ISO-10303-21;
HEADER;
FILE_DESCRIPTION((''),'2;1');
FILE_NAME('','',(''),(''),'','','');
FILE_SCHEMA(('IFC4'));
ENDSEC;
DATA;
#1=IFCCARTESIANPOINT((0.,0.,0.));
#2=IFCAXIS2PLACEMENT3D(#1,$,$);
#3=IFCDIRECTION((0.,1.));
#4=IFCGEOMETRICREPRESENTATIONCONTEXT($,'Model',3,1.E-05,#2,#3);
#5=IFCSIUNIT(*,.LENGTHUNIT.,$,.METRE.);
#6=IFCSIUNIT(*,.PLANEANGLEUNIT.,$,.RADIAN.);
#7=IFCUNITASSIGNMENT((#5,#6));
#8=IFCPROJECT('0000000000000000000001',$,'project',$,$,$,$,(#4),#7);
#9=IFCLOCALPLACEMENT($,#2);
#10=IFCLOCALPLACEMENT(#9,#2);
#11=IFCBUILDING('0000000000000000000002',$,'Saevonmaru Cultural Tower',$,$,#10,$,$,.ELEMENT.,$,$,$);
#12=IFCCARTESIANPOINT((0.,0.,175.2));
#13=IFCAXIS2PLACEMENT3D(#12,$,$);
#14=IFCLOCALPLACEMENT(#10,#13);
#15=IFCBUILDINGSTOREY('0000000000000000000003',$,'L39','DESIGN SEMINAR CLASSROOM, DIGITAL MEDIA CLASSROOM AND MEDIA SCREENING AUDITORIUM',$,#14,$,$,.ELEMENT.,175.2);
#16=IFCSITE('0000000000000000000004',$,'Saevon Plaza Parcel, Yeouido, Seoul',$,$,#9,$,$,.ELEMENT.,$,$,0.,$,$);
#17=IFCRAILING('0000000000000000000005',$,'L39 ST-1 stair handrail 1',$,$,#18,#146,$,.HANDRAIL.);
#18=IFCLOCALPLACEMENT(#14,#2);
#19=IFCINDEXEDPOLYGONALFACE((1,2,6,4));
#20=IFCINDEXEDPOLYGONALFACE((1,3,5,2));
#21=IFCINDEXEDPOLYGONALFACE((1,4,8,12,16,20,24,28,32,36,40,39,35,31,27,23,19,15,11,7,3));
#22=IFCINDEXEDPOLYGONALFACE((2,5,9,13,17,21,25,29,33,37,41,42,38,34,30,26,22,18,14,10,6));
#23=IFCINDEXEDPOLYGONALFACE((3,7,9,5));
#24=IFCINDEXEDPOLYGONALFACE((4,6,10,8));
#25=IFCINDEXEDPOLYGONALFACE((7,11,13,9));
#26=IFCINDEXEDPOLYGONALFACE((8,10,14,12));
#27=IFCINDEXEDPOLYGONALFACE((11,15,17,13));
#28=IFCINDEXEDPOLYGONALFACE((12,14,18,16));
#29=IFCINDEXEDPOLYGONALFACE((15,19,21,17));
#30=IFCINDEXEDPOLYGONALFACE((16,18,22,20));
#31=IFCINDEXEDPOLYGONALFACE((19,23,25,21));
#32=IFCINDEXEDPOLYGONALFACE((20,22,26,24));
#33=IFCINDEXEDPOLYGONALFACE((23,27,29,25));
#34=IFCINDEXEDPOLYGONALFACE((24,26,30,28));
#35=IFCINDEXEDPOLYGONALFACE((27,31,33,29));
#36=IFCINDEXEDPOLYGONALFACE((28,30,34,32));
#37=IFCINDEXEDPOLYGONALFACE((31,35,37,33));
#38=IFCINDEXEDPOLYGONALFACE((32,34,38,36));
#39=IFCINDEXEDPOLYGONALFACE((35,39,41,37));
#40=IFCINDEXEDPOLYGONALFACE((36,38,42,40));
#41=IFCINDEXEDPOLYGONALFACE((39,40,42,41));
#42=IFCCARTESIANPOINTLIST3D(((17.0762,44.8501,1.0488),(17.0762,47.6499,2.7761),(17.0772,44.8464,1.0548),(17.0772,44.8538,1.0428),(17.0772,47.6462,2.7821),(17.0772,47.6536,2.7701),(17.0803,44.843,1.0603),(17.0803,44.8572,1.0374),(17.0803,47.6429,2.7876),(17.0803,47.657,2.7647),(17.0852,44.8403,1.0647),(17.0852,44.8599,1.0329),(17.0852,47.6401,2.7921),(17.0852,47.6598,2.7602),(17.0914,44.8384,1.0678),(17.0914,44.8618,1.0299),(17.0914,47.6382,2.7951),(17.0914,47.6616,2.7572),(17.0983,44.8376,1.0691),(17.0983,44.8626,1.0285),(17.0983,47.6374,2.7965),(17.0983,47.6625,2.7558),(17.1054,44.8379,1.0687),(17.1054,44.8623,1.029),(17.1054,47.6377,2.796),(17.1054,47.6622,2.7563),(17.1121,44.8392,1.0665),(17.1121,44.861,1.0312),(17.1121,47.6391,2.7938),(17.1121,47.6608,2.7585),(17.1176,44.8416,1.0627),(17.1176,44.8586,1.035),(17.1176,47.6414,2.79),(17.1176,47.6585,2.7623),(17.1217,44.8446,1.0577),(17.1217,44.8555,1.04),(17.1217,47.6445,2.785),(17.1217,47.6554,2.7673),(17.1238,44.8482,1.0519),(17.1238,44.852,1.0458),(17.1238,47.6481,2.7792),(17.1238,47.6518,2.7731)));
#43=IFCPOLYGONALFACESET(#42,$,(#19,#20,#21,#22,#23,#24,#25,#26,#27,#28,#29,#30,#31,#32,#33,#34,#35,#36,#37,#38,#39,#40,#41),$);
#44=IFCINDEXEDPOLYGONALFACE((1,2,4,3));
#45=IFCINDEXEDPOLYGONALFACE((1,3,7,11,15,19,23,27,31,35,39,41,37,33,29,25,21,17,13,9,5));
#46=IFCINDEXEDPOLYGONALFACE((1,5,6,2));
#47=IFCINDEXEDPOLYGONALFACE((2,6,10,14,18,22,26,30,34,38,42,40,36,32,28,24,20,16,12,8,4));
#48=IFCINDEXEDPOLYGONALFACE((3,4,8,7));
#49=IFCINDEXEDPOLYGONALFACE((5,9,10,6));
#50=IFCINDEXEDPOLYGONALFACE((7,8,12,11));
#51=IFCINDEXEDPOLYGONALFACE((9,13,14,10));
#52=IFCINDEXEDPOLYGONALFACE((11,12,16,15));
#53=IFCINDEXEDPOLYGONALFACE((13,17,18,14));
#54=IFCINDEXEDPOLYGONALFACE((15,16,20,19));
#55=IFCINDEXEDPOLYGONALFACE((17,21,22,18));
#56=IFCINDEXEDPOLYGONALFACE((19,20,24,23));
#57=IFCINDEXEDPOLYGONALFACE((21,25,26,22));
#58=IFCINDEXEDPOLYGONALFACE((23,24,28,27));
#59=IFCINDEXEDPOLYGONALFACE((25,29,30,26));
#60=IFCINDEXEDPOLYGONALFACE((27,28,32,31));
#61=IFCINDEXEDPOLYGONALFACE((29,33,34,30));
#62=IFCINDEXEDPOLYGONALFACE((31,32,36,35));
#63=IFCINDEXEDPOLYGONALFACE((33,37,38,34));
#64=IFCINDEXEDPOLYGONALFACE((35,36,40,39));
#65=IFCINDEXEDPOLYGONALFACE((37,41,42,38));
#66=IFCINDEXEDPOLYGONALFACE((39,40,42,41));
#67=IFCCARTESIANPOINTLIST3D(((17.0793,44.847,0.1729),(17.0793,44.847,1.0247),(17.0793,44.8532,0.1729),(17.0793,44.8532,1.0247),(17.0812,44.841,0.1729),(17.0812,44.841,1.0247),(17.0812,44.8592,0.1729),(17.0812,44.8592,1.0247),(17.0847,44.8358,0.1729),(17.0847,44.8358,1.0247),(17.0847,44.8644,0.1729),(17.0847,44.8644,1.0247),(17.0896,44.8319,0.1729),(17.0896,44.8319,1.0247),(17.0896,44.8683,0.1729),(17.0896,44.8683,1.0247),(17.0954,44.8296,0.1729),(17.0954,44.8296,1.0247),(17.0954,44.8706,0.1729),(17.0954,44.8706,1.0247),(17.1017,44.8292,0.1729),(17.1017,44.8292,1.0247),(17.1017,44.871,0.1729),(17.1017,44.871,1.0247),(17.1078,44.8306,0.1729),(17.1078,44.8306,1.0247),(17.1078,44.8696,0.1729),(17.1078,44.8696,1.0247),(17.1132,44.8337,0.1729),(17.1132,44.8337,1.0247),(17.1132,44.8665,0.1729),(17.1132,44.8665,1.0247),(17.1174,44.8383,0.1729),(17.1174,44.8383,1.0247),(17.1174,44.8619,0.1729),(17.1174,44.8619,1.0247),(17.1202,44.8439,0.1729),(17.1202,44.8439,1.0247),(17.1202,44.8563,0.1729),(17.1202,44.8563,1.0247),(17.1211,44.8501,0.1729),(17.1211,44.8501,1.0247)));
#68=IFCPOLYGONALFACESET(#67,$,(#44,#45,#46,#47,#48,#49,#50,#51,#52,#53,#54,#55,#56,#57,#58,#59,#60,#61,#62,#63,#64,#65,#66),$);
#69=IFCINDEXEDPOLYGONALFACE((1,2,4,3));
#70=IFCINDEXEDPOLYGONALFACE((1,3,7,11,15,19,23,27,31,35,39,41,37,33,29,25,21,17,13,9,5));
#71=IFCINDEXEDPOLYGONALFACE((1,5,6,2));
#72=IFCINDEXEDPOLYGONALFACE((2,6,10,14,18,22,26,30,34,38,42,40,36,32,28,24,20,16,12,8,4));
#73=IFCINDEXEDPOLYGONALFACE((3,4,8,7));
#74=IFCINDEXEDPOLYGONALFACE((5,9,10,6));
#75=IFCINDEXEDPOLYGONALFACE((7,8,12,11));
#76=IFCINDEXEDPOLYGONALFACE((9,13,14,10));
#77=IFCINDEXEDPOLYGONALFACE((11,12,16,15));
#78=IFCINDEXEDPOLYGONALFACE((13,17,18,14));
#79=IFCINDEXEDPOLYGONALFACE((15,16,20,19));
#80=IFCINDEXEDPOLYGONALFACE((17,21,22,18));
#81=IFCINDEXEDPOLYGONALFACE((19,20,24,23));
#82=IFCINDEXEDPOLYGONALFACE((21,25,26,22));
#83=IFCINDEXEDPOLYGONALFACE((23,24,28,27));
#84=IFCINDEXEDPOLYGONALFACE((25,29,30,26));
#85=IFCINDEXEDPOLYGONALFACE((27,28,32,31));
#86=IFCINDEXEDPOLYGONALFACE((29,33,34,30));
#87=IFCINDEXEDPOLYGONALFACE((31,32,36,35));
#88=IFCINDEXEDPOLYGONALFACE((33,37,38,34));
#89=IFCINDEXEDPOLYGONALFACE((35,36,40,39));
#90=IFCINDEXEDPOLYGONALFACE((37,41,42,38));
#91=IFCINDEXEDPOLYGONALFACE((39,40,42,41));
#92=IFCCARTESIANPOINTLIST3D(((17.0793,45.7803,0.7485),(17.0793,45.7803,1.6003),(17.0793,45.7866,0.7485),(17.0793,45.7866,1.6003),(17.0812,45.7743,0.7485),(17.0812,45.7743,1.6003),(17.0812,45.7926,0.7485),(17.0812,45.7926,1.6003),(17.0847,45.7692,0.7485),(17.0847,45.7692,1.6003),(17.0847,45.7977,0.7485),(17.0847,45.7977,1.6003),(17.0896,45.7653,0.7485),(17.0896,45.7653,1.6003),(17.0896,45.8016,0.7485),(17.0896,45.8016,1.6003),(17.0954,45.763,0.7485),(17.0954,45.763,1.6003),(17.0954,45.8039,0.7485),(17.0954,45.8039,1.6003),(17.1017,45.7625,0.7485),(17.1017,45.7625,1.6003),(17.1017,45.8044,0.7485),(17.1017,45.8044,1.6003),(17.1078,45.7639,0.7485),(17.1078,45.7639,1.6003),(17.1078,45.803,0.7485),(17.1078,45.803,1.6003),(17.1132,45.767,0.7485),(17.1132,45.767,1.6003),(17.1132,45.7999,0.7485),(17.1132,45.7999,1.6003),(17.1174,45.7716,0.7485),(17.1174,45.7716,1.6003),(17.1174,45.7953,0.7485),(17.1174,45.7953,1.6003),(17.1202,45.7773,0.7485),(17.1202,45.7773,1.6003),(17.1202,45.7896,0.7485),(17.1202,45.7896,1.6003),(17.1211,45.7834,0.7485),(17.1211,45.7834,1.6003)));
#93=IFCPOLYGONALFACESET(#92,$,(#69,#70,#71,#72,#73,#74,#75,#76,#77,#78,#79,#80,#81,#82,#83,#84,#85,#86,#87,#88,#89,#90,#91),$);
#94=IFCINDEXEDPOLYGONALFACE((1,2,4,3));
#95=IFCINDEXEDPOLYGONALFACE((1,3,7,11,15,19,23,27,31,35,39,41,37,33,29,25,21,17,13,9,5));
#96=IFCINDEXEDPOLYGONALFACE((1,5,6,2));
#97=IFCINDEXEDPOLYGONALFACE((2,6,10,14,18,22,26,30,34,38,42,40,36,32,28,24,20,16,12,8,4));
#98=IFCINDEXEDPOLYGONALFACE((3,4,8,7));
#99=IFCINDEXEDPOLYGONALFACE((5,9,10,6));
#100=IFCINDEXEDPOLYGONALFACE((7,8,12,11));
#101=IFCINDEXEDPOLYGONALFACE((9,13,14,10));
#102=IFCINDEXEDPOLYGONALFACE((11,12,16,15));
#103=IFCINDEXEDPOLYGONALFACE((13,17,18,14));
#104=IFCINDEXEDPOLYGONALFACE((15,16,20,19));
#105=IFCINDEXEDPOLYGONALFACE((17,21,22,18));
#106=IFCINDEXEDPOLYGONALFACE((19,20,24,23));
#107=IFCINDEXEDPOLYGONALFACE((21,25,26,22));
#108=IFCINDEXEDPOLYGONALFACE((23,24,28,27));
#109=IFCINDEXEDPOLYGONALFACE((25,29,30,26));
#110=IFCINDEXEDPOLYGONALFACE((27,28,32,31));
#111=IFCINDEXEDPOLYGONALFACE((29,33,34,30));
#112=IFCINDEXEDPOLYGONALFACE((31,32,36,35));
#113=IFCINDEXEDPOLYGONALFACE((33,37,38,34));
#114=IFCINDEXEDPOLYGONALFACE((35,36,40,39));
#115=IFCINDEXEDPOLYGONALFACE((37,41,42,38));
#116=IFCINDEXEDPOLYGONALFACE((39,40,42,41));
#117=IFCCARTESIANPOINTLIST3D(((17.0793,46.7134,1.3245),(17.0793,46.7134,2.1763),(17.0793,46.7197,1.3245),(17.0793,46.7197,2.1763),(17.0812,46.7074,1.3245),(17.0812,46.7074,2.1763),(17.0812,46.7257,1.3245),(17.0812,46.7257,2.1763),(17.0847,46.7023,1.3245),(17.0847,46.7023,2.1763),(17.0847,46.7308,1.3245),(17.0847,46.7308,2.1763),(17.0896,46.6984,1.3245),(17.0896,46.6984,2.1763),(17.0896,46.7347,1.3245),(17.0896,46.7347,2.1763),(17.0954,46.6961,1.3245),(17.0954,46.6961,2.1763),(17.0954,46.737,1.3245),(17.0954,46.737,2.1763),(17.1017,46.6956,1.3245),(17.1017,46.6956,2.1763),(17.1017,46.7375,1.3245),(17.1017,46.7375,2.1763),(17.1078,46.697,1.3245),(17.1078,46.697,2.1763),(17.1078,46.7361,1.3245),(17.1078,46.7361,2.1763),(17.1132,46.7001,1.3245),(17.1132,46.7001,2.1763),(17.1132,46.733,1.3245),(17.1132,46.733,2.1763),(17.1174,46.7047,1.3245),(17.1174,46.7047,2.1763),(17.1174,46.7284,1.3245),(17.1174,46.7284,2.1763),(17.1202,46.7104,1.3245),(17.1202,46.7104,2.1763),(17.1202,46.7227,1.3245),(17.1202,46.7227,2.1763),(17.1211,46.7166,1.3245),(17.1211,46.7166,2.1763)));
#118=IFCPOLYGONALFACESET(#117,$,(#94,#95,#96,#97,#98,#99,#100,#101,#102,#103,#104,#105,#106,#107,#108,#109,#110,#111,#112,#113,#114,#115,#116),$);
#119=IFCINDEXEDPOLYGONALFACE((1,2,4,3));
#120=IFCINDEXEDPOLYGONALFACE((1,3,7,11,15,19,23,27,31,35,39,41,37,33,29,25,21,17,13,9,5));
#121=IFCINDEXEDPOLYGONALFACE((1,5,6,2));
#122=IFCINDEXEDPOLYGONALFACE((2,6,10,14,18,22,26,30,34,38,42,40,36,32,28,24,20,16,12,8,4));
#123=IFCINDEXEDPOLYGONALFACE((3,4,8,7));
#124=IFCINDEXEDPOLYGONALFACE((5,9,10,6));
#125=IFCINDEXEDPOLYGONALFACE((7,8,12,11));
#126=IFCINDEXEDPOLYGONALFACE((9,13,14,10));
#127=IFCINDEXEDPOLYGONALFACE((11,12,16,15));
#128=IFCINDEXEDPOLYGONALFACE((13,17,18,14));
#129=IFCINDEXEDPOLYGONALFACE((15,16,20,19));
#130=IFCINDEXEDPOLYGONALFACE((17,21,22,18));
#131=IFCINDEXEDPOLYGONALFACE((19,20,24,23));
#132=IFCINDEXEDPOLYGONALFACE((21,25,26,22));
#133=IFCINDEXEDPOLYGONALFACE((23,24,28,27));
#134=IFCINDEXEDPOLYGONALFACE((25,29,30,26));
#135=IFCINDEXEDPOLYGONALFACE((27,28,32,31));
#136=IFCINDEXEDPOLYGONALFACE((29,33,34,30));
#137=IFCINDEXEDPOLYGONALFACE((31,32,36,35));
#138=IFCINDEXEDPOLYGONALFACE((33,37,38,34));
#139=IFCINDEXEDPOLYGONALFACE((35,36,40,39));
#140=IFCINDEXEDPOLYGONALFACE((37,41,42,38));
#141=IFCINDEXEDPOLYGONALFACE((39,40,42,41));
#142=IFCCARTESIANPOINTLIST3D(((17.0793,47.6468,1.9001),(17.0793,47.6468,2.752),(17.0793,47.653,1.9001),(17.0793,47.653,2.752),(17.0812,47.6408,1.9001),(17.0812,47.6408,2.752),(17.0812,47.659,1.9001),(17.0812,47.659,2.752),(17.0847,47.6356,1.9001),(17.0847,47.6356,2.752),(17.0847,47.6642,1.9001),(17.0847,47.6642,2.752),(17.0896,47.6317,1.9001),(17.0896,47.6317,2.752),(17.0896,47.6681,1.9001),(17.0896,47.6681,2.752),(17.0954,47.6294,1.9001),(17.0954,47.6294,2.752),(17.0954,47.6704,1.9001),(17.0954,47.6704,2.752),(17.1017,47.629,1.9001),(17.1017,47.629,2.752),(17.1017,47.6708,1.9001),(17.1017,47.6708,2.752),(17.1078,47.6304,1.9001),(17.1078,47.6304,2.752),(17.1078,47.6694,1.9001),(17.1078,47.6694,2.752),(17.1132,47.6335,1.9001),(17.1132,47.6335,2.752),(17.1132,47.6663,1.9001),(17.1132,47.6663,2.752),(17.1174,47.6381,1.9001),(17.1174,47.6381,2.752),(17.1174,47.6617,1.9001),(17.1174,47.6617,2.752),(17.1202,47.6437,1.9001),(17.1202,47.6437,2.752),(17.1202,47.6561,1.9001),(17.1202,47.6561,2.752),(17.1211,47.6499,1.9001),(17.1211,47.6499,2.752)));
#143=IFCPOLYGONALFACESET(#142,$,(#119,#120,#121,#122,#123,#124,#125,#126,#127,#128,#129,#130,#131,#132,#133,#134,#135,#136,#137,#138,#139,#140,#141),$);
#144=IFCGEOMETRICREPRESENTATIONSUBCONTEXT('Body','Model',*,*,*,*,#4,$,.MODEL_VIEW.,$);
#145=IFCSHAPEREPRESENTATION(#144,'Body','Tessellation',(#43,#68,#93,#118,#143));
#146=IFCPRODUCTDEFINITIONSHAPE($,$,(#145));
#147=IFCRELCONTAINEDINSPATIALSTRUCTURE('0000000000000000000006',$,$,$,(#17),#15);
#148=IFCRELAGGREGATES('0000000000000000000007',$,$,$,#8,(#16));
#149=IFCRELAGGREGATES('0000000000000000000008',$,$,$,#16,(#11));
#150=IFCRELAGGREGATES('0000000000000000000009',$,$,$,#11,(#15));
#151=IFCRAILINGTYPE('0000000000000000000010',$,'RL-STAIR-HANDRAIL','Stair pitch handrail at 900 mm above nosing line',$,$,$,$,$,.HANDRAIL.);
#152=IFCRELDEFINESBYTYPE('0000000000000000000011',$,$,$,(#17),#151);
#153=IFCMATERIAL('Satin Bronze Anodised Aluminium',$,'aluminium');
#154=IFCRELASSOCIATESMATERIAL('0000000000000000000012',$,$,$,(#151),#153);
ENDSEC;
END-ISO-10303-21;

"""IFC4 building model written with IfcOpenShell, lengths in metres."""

from ifc_helpers import new_model, si_unit, direction, frame, origin, origin_2d, place, context, subcontext, project, spatial, circle, extrude, material, type_object, element, save


model = new_model("IFC4")

# Units and contexts
model_context = context("Model", 3, precision=1e-05, world=origin(), true_north=direction((0.0, 1.0)))
body_context = subcontext(model_context, "Body", "Model", "MODEL_VIEW")
ifc_project = project(units=[si_unit("LENGTHUNIT", "METRE"), si_unit("PLANEANGLEUNIT", "RADIAN")], contexts=[model_context])

# Site, building, storey
site_placement = place(None, origin())
site = spatial("IfcSite", under=ifc_project, at=site_placement, Name="Saevon Plaza Parcel, Yeouido, Seoul", CompositionType="ELEMENT", RefElevation=0.0)
building_placement = place(site_placement, origin())
building = spatial("IfcBuilding", under=site, at=building_placement, Name="Saevonmaru Cultural Tower", CompositionType="ELEMENT")
storey_placement = place(building_placement, frame((0.0, 0.0, 175.2)))
storey = spatial("IfcBuildingStorey", under=building, at=storey_placement, Name="L39", Description="DESIGN SEMINAR CLASSROOM, DIGITAL MEDIA CLASSROOM AND MEDIA SCREENING AUDITORIUM", CompositionType="ELEMENT", Elevation=175.2)

# Shared definitions
ifc_material_1 = material(Name="Satin Bronze Anodised Aluminium", Category="aluminium")

# Railing
railing_type_1 = type_object("IfcRailingType", Name="RL-STAIR-HANDRAIL", Description="Stair pitch handrail at 900 mm above nosing line", PredefinedType="HANDRAIL", material=ifc_material_1)
railing_1_placement = place(storey_placement, frame((17.1001, 44.8501, 0.1729)))
element("IfcRailing", 1, at=railing_1_placement, inside=storey, type_object=railing_type_1, Name="L39 ST-1 stair handrail 1", PredefinedType="HANDRAIL", context=body_context, shape_type="SweptSolid", body=[
    extrude(circle(Radius=0.0239, at=origin_2d()), frame((0.0, 0.0, 0.876), z_axis=(0.0, 0.851069, 0.525054), x_axis=(-1.0, 0.0, 0.0)), (0.0, 0.0, 1.0), 3.2898),
    extrude(circle(Radius=0.021, at=origin_2d()), origin(), (0.0, 0.0, 1.0), 0.8518),
    extrude(circle(Radius=0.021, at=origin_2d()), frame((0.0, 0.9333, 0.5757)), (0.0, 0.0, 1.0), 0.8518),
    extrude(circle(Radius=0.021, at=origin_2d()), frame((0.0, 1.8665, 1.1516)), (0.0, 0.0, 1.0), 0.8518),
    extrude(circle(Radius=0.021, at=origin_2d()), frame((0.0, 2.7998, 1.7273)), (0.0, 0.0, 1.0), 0.8518),
])

save(model, "model.ifc")
